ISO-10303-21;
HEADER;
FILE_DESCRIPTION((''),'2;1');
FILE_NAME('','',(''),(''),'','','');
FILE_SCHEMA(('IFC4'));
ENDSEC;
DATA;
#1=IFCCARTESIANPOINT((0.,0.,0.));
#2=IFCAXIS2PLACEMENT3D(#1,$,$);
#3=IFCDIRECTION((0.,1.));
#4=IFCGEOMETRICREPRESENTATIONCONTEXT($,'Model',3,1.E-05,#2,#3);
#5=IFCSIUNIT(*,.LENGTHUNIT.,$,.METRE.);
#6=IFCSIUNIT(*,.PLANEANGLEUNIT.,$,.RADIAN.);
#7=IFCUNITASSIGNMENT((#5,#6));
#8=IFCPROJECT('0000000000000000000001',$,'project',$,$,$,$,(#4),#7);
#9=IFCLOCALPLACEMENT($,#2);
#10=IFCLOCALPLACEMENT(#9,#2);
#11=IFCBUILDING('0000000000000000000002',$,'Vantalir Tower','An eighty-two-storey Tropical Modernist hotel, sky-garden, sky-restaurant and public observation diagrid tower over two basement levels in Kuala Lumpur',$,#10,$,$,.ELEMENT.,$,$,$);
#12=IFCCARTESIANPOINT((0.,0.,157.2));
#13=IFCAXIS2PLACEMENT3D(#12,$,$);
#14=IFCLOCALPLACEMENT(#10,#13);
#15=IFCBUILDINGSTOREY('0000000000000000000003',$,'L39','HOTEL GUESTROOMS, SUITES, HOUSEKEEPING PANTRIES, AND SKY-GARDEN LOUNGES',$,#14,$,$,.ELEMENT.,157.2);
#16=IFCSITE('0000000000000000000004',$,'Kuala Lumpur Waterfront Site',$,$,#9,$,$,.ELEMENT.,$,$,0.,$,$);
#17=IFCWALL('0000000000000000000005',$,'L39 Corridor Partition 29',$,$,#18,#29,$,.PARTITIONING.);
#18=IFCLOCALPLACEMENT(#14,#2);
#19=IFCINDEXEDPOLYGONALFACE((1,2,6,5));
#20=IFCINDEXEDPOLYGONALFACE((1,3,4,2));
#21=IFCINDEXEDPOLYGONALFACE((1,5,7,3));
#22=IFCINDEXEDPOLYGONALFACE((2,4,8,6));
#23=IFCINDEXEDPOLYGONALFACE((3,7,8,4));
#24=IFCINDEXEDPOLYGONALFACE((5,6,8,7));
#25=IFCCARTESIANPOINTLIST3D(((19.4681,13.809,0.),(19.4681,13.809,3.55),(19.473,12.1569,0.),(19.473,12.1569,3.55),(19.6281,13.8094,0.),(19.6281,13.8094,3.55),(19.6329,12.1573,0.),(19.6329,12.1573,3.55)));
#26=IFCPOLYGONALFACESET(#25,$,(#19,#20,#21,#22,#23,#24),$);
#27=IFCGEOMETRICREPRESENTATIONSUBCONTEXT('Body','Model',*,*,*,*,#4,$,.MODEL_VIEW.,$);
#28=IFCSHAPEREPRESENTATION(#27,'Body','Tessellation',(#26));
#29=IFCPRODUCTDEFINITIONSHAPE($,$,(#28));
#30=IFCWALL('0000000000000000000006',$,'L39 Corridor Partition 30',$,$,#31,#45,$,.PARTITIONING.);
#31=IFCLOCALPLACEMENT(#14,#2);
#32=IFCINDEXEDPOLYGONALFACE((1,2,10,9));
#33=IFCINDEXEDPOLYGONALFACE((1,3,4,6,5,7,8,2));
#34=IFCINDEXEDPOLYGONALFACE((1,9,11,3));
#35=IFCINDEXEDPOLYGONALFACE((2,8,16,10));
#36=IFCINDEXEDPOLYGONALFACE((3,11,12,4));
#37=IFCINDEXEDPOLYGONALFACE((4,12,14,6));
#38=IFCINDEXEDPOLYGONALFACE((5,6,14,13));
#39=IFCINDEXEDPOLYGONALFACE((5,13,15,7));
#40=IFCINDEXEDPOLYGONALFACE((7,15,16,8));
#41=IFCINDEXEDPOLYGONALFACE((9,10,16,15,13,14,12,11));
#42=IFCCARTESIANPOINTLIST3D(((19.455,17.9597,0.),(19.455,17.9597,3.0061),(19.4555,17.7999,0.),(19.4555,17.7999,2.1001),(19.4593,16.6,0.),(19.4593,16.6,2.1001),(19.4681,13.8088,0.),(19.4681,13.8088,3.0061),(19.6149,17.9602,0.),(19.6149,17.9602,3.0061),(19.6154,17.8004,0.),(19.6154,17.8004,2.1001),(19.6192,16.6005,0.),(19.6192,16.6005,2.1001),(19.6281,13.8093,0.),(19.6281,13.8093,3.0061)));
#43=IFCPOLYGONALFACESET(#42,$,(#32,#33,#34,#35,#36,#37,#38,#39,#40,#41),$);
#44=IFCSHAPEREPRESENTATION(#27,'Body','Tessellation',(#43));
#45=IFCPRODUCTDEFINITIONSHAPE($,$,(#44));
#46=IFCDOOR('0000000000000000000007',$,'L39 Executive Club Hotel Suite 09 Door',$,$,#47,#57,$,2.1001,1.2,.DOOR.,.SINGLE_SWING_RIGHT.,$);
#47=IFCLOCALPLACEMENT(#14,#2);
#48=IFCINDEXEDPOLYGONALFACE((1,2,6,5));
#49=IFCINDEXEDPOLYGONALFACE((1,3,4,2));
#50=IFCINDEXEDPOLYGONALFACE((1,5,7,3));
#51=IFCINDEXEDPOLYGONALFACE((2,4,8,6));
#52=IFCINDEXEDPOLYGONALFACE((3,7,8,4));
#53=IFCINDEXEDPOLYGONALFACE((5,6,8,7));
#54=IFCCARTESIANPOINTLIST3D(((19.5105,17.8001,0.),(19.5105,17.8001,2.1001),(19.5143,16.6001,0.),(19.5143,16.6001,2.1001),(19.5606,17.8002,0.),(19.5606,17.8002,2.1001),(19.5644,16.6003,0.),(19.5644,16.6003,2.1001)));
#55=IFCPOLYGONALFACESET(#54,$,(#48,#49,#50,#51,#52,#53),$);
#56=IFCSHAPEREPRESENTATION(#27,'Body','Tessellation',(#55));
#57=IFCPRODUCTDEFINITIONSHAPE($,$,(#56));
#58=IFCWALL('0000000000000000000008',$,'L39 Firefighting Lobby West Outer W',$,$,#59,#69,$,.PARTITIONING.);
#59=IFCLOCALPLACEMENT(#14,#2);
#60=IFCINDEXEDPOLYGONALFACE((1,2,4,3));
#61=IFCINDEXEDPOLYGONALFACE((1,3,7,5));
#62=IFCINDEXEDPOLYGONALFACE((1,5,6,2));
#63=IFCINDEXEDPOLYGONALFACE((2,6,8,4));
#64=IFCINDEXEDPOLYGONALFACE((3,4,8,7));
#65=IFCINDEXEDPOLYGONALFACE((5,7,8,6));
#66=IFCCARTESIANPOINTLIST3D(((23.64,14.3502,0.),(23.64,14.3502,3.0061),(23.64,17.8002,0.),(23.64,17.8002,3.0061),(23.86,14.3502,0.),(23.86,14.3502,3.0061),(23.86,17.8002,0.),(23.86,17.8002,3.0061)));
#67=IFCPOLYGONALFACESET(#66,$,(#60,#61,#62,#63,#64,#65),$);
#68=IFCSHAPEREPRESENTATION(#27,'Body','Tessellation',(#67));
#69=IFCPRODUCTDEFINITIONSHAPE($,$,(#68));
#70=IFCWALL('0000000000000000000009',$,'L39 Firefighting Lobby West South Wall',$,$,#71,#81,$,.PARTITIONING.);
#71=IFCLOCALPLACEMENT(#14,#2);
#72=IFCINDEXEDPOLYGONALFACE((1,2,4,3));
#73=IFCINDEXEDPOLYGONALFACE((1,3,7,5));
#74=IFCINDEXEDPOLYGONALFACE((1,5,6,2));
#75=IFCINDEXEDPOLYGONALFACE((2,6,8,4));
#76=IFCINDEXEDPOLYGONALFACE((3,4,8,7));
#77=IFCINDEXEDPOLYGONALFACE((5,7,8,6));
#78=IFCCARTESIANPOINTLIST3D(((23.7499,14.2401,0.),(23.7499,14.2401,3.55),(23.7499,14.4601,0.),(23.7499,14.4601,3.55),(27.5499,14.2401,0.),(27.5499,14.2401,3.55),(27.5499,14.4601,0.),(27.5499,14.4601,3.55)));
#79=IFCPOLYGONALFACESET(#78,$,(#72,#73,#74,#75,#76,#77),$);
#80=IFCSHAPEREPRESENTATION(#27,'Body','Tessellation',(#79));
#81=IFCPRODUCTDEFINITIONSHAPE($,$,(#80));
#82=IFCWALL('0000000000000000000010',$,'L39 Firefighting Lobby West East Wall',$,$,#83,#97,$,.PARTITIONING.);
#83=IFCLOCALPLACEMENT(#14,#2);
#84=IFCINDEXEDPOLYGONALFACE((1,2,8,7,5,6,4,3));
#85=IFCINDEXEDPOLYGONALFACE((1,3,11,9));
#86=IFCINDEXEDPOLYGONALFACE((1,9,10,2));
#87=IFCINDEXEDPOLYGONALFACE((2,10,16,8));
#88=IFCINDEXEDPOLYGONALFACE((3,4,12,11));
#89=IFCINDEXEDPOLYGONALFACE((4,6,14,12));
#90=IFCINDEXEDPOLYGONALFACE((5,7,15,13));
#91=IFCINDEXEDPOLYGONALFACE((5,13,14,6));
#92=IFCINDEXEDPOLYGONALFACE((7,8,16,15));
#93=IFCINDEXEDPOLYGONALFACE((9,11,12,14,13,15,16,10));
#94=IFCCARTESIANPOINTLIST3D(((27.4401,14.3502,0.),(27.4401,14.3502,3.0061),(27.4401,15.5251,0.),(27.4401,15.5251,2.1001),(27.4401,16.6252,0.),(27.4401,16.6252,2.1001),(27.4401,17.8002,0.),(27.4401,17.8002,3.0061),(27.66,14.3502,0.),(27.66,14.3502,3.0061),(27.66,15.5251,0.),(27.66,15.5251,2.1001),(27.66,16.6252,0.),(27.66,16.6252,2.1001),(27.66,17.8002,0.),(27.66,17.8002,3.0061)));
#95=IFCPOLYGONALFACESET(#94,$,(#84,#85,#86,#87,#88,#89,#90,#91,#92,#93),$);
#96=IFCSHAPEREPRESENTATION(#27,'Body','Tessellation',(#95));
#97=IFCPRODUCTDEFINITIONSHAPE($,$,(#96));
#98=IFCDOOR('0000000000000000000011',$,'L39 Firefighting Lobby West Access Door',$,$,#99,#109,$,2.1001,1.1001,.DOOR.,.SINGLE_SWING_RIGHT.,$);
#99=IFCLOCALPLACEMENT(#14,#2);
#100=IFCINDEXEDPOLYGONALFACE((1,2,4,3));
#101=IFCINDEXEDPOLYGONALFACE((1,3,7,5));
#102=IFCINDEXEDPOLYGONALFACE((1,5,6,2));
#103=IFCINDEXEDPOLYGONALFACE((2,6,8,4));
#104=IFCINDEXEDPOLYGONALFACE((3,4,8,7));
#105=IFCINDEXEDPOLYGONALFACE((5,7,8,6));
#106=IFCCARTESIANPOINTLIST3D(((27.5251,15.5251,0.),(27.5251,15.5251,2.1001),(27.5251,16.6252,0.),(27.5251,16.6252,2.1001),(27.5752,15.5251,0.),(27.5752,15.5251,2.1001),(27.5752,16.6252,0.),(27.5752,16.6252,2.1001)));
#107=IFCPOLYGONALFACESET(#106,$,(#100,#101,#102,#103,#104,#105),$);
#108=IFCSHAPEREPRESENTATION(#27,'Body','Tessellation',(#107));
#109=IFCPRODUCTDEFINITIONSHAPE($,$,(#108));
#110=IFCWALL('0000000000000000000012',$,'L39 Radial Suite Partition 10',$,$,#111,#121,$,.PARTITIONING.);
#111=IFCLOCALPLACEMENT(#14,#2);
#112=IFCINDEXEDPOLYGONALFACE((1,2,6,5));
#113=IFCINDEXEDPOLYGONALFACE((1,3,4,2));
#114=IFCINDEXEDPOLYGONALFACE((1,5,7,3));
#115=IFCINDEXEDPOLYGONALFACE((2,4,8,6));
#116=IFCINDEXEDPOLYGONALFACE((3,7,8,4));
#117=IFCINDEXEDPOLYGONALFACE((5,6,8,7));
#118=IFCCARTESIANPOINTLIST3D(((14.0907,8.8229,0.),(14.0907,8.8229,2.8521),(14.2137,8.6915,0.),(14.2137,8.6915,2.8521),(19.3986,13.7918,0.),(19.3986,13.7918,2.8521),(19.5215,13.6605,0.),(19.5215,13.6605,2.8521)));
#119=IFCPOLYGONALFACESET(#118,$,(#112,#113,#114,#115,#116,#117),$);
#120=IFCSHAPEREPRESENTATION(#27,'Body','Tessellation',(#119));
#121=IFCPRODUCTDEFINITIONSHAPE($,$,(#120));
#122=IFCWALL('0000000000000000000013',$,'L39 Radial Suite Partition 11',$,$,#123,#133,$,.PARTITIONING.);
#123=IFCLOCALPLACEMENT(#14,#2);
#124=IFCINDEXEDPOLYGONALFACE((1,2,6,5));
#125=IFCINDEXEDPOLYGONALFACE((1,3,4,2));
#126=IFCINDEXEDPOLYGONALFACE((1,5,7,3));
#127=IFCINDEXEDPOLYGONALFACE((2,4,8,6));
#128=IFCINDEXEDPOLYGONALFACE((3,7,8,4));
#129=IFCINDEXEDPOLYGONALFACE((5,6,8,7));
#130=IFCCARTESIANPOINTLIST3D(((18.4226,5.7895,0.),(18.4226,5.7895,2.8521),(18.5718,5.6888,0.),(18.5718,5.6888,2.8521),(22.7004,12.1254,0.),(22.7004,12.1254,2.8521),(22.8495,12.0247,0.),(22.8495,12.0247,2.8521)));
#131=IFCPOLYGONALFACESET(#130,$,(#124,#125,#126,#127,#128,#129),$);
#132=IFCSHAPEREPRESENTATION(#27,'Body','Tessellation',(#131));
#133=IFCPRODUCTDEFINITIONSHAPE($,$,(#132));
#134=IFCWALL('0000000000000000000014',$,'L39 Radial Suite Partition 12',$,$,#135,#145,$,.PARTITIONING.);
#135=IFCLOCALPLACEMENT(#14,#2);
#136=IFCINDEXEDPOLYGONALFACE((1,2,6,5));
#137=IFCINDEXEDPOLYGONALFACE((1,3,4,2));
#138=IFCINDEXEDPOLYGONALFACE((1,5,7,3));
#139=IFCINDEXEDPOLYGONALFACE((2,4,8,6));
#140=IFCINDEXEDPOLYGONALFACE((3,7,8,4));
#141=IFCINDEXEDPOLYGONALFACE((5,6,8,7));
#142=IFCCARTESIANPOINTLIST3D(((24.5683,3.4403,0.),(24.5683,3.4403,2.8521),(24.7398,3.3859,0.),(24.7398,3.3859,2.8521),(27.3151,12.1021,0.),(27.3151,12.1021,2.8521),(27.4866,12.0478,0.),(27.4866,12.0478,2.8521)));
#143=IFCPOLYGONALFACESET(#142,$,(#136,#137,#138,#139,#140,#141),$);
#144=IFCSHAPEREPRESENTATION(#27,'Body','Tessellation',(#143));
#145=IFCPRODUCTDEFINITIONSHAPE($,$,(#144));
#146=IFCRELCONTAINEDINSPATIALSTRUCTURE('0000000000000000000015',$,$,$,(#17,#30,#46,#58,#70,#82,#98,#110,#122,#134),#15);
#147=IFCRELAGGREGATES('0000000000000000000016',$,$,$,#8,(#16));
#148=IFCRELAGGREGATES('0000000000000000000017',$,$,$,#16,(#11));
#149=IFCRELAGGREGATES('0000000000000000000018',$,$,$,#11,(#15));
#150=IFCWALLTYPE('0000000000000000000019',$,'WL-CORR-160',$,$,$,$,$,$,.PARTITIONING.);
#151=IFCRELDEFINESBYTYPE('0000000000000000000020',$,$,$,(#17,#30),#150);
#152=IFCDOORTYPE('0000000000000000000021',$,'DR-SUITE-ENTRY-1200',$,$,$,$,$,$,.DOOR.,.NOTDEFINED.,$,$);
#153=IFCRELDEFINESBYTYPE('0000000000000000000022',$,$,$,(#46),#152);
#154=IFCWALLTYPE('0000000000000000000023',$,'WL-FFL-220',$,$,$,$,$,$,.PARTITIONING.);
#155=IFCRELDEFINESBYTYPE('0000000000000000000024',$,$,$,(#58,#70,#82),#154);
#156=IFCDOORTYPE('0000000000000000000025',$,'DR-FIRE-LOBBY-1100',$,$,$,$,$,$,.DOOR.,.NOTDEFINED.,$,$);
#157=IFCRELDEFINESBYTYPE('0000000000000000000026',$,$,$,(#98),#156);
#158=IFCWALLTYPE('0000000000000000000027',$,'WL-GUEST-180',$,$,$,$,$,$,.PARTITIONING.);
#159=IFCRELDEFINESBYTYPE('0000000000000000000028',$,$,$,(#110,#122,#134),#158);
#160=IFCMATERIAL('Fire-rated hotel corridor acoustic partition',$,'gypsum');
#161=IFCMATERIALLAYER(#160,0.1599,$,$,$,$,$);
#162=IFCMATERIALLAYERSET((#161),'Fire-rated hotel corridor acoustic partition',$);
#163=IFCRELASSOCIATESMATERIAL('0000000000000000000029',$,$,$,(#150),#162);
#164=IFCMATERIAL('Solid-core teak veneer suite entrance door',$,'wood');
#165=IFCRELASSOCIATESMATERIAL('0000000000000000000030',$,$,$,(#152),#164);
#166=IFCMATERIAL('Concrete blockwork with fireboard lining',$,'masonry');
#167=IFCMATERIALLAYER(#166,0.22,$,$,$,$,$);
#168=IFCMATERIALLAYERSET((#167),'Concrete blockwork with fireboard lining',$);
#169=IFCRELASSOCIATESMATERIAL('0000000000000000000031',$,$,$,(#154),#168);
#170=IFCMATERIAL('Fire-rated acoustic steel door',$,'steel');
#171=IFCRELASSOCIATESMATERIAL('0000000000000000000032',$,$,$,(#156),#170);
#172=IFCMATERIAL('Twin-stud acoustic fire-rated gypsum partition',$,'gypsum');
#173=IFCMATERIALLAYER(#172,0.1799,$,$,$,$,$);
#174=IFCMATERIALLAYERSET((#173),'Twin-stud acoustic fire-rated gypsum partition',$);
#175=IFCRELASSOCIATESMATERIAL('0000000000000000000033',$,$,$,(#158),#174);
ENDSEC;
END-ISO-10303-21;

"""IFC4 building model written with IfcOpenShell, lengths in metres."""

from ifc_helpers import new_model, si_unit, direction, frame, frame_2d, origin, place, context, subcontext, project, spatial, rectangle, extrude, material, layer, layer_set, type_object, element, fill, save


model = new_model("IFC4")

# Units and contexts
model_context = context("Model", 3, precision=1e-05, world=origin(), true_north=direction((0.0, 1.0)))
body_context = subcontext(model_context, "Body", "Model", "MODEL_VIEW")
ifc_project = project(units=[si_unit("LENGTHUNIT", "METRE"), si_unit("PLANEANGLEUNIT", "RADIAN")], contexts=[model_context])

# Site, building, storey
site_placement = place(None, origin())
site = spatial("IfcSite", under=ifc_project, at=site_placement, Name="Kuala Lumpur Waterfront Site", CompositionType="ELEMENT", RefElevation=0.0)
building_placement = place(site_placement, origin())
building = spatial("IfcBuilding", under=site, at=building_placement, Name="Vantalir Tower", Description="An eighty-two-storey Tropical Modernist hotel, sky-garden, sky-restaurant and public observation diagrid tower over two basement levels in Kuala Lumpur", CompositionType="ELEMENT")
storey_placement = place(building_placement, frame((0.0, 0.0, 157.2)))
storey = spatial("IfcBuildingStorey", under=building, at=storey_placement, Name="L39", Description="HOTEL GUESTROOMS, SUITES, HOUSEKEEPING PANTRIES, AND SKY-GARDEN LOUNGES", CompositionType="ELEMENT", Elevation=157.2)

# Shared definitions
ifc_material_1 = material(Name="Fire-rated hotel corridor acoustic partition", Category="gypsum")
ifc_layer_1 = layer(ifc_material_1, 0.1599)
ifc_layer_set_1 = layer_set([ifc_layer_1], Name="Fire-rated hotel corridor acoustic partition")
wall_type_1 = type_object("IfcWallType", Name="WL-CORR-160", PredefinedType="PARTITIONING", material=ifc_layer_set_1)
ifc_material_2 = material(Name="Solid-core teak veneer suite entrance door", Category="wood")
door_type_1 = type_object("IfcDoorType", Name="DR-SUITE-ENTRY-1200", OperationType="NOTDEFINED", PredefinedType="DOOR", material=ifc_material_2)

# Wall
wall_1_placement = place(storey_placement, frame((19.553, 12.157, 0.0), z_axis=(0.0, 0.0, 1.0), x_axis=(-0.002956, 0.999996, 0.0)))
element("IfcWall", 1, at=wall_1_placement, inside=storey, type_object=wall_type_1, Name="L39 Corridor Partition 29", PredefinedType="PARTITIONING", context=body_context, shape_type="SweptSolid", body=[
    extrude(rectangle(XDim=1.6521, YDim=0.1599, at=frame_2d((0.8262, 0.0))), origin(), (0.0, 0.0, 1.0), 3.55),
])

# Wall, opening, door
wall_2_placement = place(storey_placement, frame((19.5481, 13.8091, 0.0), z_axis=(0.0, 0.0, 1.0), x_axis=(-0.003176, 0.999995, 0.0)))
wall_2 = element("IfcWall", 2, at=wall_2_placement, inside=storey, type_object=wall_type_1, Name="L39 Corridor Partition 30", PredefinedType="PARTITIONING", context=body_context, shape_type="SweptSolid", body=[
    extrude(rectangle(XDim=4.1509, YDim=0.1599, at=frame_2d((2.0754, 0.0))), origin(), (0.0, 0.0, 1.0), 3.0061),
])
opening_1_placement = place(wall_2_placement, frame((2.791, 0.0, 0.0)))
opening_1 = element("IfcOpeningElement", 3, at=opening_1_placement, cuts=wall_2, PredefinedType="OPENING", context=body_context, shape_type="SweptSolid", body=[
    extrude(rectangle(XDim=1.2, YDim=2.1001, at=frame_2d((0.6001, 1.05))), frame((0.0, 0.0898, 0.0), z_axis=(0.0, -1.0, 0.0), x_axis=(1.0, 0.0, 0.0)), (0.0, 0.0, 1.0), 0.1799),
])
door_1_placement = place(opening_1_placement, origin())
door_1 = element("IfcDoor", 4, at=door_1_placement, inside=storey, type_object=door_type_1, Name="L39 Executive Club Hotel Suite 09 Door", OperationType="SINGLE_SWING_RIGHT", OverallHeight=2.1001, OverallWidth=1.2, PredefinedType="DOOR", context=body_context, shape_type="SweptSolid", body=[
    extrude(rectangle(XDim=1.2, YDim=2.1001, at=frame_2d((0.6001, 1.05))), frame((0.0, 0.0249, 0.0), z_axis=(0.0, -1.0, 0.0), x_axis=(1.0, 0.0, 0.0)), (0.0, 0.0, 1.0), 0.05),
])
fill(opening_1, door_1)

# Walls
ifc_material_3 = material(Name="Concrete blockwork with fireboard lining", Category="masonry")
ifc_layer_2 = layer(ifc_material_3, 0.22)
ifc_layer_set_2 = layer_set([ifc_layer_2], Name="Concrete blockwork with fireboard lining")
wall_type_2 = type_object("IfcWallType", Name="WL-FFL-220", PredefinedType="PARTITIONING", material=ifc_layer_set_2)
wall_3_placement = place(storey_placement, frame((23.75, 14.3501, 0.0), z_axis=(0.0, 0.0, 1.0), x_axis=(0.0, 1.0, 0.0)))
element("IfcWall", 5, at=wall_3_placement, inside=storey, type_object=wall_type_2, Name="L39 Firefighting Lobby West Outer W", PredefinedType="PARTITIONING", context=body_context, shape_type="SweptSolid", body=[
    extrude(rectangle(XDim=3.45, YDim=0.22, at=frame_2d((1.7251, 0.0))), origin(), (0.0, 0.0, 1.0), 3.0061),
])
wall_4_placement = place(storey_placement, frame((23.75, 14.3501, 0.0), z_axis=(0.0, 0.0, 1.0), x_axis=(1.0, 0.0, 0.0)))
element("IfcWall", 6, at=wall_4_placement, inside=storey, type_object=wall_type_2, Name="L39 Firefighting Lobby West South Wall", PredefinedType="PARTITIONING", context=body_context, shape_type="SweptSolid", body=[
    extrude(rectangle(XDim=3.8, YDim=0.22, at=frame_2d((1.8999, 0.0))), origin(), (0.0, 0.0, 1.0), 3.55),
])

# Wall, opening, door
wall_5_placement = place(storey_placement, frame((27.55, 14.3501, 0.0), z_axis=(0.0, 0.0, 1.0), x_axis=(0.0, 1.0, 0.0)))
wall_5 = element("IfcWall", 7, at=wall_5_placement, inside=storey, type_object=wall_type_2, Name="L39 Firefighting Lobby West East Wall", PredefinedType="PARTITIONING", context=body_context, shape_type="SweptSolid", body=[
    extrude(rectangle(XDim=3.45, YDim=0.22, at=frame_2d((1.7251, 0.0))), origin(), (0.0, 0.0, 1.0), 3.0061),
])
opening_2_placement = place(wall_5_placement, frame((1.175, 0.0, 0.0)))
opening_2 = element("IfcOpeningElement", 8, at=opening_2_placement, cuts=wall_5, PredefinedType="OPENING", context=body_context, shape_type="SweptSolid", body=[
    extrude(rectangle(XDim=1.1001, YDim=2.1001, at=frame_2d((0.55, 1.05))), frame((0.0, 0.1199, 0.0), z_axis=(0.0, -1.0, 0.0), x_axis=(1.0, 0.0, 0.0)), (0.0, 0.0, 1.0), 0.24),
])
ifc_material_4 = material(Name="Fire-rated acoustic steel door", Category="steel")
door_type_2 = type_object("IfcDoorType", Name="DR-FIRE-LOBBY-1100", OperationType="NOTDEFINED", PredefinedType="DOOR", material=ifc_material_4)
door_2_placement = place(opening_2_placement, origin())
door_2 = element("IfcDoor", 9, at=door_2_placement, inside=storey, type_object=door_type_2, Name="L39 Firefighting Lobby West Access Door", OperationType="SINGLE_SWING_RIGHT", OverallHeight=2.1001, OverallWidth=1.1001, PredefinedType="DOOR", context=body_context, shape_type="SweptSolid", body=[
    extrude(rectangle(XDim=1.1001, YDim=2.1001, at=frame_2d((0.55, 1.05))), frame((0.0, 0.0249, 0.0), z_axis=(0.0, -1.0, 0.0), x_axis=(1.0, 0.0, 0.0)), (0.0, 0.0, 1.0), 0.05),
])
fill(opening_2, door_2)

# Walls
ifc_material_5 = material(Name="Twin-stud acoustic fire-rated gypsum partition", Category="gypsum")
ifc_layer_3 = layer(ifc_material_5, 0.1799)
ifc_layer_set_3 = layer_set([ifc_layer_3], Name="Twin-stud acoustic fire-rated gypsum partition")
wall_type_3 = type_object("IfcWallType", Name="WL-GUEST-180", PredefinedType="PARTITIONING", material=ifc_layer_set_3)
wall_6_placement = place(storey_placement, frame((19.46, 13.7261, 0.0), z_axis=(0.0, 0.0, 1.0), x_axis=(-0.730026, -0.683419, 0.0)))
element("IfcWall", 10, at=wall_6_placement, inside=storey, type_object=wall_type_3, Name="L39 Radial Suite Partition 10", PredefinedType="PARTITIONING", context=body_context, shape_type="SweptSolid", body=[
    extrude(rectangle(XDim=7.2708, YDim=0.1799, at=frame_2d((3.6353, 0.0))), origin(), (0.0, 0.0, 1.0), 2.8521),
])
wall_7_placement = place(storey_placement, frame((22.7749, 12.075, 0.0), z_axis=(0.0, 0.0, 1.0), x_axis=(-0.559569, -0.828784, 0.0)))
element("IfcWall", 11, at=wall_7_placement, inside=storey, type_object=wall_type_3, Name="L39 Radial Suite Partition 11", PredefinedType="PARTITIONING", context=body_context, shape_type="SweptSolid", body=[
    extrude(rectangle(XDim=7.6448, YDim=0.1799, at=frame_2d((3.8223, 0.0))), origin(), (0.0, 0.0, 1.0), 2.8521),
])
wall_8_placement = place(storey_placement, frame((27.4009, 12.075, 0.0), z_axis=(0.0, 0.0, 1.0), x_axis=(-0.302282, -0.953219, 0.0)))
element("IfcWall", 12, at=wall_8_placement, inside=storey, type_object=wall_type_3, Name="L39 Radial Suite Partition 12", PredefinedType="PARTITIONING", context=body_context, shape_type="SweptSolid", body=[
    extrude(rectangle(XDim=9.0869, YDim=0.1799, at=frame_2d((4.5435, 0.0))), origin(), (0.0, 0.0, 1.0), 2.8521),
])

save(model, "model.ifc")
